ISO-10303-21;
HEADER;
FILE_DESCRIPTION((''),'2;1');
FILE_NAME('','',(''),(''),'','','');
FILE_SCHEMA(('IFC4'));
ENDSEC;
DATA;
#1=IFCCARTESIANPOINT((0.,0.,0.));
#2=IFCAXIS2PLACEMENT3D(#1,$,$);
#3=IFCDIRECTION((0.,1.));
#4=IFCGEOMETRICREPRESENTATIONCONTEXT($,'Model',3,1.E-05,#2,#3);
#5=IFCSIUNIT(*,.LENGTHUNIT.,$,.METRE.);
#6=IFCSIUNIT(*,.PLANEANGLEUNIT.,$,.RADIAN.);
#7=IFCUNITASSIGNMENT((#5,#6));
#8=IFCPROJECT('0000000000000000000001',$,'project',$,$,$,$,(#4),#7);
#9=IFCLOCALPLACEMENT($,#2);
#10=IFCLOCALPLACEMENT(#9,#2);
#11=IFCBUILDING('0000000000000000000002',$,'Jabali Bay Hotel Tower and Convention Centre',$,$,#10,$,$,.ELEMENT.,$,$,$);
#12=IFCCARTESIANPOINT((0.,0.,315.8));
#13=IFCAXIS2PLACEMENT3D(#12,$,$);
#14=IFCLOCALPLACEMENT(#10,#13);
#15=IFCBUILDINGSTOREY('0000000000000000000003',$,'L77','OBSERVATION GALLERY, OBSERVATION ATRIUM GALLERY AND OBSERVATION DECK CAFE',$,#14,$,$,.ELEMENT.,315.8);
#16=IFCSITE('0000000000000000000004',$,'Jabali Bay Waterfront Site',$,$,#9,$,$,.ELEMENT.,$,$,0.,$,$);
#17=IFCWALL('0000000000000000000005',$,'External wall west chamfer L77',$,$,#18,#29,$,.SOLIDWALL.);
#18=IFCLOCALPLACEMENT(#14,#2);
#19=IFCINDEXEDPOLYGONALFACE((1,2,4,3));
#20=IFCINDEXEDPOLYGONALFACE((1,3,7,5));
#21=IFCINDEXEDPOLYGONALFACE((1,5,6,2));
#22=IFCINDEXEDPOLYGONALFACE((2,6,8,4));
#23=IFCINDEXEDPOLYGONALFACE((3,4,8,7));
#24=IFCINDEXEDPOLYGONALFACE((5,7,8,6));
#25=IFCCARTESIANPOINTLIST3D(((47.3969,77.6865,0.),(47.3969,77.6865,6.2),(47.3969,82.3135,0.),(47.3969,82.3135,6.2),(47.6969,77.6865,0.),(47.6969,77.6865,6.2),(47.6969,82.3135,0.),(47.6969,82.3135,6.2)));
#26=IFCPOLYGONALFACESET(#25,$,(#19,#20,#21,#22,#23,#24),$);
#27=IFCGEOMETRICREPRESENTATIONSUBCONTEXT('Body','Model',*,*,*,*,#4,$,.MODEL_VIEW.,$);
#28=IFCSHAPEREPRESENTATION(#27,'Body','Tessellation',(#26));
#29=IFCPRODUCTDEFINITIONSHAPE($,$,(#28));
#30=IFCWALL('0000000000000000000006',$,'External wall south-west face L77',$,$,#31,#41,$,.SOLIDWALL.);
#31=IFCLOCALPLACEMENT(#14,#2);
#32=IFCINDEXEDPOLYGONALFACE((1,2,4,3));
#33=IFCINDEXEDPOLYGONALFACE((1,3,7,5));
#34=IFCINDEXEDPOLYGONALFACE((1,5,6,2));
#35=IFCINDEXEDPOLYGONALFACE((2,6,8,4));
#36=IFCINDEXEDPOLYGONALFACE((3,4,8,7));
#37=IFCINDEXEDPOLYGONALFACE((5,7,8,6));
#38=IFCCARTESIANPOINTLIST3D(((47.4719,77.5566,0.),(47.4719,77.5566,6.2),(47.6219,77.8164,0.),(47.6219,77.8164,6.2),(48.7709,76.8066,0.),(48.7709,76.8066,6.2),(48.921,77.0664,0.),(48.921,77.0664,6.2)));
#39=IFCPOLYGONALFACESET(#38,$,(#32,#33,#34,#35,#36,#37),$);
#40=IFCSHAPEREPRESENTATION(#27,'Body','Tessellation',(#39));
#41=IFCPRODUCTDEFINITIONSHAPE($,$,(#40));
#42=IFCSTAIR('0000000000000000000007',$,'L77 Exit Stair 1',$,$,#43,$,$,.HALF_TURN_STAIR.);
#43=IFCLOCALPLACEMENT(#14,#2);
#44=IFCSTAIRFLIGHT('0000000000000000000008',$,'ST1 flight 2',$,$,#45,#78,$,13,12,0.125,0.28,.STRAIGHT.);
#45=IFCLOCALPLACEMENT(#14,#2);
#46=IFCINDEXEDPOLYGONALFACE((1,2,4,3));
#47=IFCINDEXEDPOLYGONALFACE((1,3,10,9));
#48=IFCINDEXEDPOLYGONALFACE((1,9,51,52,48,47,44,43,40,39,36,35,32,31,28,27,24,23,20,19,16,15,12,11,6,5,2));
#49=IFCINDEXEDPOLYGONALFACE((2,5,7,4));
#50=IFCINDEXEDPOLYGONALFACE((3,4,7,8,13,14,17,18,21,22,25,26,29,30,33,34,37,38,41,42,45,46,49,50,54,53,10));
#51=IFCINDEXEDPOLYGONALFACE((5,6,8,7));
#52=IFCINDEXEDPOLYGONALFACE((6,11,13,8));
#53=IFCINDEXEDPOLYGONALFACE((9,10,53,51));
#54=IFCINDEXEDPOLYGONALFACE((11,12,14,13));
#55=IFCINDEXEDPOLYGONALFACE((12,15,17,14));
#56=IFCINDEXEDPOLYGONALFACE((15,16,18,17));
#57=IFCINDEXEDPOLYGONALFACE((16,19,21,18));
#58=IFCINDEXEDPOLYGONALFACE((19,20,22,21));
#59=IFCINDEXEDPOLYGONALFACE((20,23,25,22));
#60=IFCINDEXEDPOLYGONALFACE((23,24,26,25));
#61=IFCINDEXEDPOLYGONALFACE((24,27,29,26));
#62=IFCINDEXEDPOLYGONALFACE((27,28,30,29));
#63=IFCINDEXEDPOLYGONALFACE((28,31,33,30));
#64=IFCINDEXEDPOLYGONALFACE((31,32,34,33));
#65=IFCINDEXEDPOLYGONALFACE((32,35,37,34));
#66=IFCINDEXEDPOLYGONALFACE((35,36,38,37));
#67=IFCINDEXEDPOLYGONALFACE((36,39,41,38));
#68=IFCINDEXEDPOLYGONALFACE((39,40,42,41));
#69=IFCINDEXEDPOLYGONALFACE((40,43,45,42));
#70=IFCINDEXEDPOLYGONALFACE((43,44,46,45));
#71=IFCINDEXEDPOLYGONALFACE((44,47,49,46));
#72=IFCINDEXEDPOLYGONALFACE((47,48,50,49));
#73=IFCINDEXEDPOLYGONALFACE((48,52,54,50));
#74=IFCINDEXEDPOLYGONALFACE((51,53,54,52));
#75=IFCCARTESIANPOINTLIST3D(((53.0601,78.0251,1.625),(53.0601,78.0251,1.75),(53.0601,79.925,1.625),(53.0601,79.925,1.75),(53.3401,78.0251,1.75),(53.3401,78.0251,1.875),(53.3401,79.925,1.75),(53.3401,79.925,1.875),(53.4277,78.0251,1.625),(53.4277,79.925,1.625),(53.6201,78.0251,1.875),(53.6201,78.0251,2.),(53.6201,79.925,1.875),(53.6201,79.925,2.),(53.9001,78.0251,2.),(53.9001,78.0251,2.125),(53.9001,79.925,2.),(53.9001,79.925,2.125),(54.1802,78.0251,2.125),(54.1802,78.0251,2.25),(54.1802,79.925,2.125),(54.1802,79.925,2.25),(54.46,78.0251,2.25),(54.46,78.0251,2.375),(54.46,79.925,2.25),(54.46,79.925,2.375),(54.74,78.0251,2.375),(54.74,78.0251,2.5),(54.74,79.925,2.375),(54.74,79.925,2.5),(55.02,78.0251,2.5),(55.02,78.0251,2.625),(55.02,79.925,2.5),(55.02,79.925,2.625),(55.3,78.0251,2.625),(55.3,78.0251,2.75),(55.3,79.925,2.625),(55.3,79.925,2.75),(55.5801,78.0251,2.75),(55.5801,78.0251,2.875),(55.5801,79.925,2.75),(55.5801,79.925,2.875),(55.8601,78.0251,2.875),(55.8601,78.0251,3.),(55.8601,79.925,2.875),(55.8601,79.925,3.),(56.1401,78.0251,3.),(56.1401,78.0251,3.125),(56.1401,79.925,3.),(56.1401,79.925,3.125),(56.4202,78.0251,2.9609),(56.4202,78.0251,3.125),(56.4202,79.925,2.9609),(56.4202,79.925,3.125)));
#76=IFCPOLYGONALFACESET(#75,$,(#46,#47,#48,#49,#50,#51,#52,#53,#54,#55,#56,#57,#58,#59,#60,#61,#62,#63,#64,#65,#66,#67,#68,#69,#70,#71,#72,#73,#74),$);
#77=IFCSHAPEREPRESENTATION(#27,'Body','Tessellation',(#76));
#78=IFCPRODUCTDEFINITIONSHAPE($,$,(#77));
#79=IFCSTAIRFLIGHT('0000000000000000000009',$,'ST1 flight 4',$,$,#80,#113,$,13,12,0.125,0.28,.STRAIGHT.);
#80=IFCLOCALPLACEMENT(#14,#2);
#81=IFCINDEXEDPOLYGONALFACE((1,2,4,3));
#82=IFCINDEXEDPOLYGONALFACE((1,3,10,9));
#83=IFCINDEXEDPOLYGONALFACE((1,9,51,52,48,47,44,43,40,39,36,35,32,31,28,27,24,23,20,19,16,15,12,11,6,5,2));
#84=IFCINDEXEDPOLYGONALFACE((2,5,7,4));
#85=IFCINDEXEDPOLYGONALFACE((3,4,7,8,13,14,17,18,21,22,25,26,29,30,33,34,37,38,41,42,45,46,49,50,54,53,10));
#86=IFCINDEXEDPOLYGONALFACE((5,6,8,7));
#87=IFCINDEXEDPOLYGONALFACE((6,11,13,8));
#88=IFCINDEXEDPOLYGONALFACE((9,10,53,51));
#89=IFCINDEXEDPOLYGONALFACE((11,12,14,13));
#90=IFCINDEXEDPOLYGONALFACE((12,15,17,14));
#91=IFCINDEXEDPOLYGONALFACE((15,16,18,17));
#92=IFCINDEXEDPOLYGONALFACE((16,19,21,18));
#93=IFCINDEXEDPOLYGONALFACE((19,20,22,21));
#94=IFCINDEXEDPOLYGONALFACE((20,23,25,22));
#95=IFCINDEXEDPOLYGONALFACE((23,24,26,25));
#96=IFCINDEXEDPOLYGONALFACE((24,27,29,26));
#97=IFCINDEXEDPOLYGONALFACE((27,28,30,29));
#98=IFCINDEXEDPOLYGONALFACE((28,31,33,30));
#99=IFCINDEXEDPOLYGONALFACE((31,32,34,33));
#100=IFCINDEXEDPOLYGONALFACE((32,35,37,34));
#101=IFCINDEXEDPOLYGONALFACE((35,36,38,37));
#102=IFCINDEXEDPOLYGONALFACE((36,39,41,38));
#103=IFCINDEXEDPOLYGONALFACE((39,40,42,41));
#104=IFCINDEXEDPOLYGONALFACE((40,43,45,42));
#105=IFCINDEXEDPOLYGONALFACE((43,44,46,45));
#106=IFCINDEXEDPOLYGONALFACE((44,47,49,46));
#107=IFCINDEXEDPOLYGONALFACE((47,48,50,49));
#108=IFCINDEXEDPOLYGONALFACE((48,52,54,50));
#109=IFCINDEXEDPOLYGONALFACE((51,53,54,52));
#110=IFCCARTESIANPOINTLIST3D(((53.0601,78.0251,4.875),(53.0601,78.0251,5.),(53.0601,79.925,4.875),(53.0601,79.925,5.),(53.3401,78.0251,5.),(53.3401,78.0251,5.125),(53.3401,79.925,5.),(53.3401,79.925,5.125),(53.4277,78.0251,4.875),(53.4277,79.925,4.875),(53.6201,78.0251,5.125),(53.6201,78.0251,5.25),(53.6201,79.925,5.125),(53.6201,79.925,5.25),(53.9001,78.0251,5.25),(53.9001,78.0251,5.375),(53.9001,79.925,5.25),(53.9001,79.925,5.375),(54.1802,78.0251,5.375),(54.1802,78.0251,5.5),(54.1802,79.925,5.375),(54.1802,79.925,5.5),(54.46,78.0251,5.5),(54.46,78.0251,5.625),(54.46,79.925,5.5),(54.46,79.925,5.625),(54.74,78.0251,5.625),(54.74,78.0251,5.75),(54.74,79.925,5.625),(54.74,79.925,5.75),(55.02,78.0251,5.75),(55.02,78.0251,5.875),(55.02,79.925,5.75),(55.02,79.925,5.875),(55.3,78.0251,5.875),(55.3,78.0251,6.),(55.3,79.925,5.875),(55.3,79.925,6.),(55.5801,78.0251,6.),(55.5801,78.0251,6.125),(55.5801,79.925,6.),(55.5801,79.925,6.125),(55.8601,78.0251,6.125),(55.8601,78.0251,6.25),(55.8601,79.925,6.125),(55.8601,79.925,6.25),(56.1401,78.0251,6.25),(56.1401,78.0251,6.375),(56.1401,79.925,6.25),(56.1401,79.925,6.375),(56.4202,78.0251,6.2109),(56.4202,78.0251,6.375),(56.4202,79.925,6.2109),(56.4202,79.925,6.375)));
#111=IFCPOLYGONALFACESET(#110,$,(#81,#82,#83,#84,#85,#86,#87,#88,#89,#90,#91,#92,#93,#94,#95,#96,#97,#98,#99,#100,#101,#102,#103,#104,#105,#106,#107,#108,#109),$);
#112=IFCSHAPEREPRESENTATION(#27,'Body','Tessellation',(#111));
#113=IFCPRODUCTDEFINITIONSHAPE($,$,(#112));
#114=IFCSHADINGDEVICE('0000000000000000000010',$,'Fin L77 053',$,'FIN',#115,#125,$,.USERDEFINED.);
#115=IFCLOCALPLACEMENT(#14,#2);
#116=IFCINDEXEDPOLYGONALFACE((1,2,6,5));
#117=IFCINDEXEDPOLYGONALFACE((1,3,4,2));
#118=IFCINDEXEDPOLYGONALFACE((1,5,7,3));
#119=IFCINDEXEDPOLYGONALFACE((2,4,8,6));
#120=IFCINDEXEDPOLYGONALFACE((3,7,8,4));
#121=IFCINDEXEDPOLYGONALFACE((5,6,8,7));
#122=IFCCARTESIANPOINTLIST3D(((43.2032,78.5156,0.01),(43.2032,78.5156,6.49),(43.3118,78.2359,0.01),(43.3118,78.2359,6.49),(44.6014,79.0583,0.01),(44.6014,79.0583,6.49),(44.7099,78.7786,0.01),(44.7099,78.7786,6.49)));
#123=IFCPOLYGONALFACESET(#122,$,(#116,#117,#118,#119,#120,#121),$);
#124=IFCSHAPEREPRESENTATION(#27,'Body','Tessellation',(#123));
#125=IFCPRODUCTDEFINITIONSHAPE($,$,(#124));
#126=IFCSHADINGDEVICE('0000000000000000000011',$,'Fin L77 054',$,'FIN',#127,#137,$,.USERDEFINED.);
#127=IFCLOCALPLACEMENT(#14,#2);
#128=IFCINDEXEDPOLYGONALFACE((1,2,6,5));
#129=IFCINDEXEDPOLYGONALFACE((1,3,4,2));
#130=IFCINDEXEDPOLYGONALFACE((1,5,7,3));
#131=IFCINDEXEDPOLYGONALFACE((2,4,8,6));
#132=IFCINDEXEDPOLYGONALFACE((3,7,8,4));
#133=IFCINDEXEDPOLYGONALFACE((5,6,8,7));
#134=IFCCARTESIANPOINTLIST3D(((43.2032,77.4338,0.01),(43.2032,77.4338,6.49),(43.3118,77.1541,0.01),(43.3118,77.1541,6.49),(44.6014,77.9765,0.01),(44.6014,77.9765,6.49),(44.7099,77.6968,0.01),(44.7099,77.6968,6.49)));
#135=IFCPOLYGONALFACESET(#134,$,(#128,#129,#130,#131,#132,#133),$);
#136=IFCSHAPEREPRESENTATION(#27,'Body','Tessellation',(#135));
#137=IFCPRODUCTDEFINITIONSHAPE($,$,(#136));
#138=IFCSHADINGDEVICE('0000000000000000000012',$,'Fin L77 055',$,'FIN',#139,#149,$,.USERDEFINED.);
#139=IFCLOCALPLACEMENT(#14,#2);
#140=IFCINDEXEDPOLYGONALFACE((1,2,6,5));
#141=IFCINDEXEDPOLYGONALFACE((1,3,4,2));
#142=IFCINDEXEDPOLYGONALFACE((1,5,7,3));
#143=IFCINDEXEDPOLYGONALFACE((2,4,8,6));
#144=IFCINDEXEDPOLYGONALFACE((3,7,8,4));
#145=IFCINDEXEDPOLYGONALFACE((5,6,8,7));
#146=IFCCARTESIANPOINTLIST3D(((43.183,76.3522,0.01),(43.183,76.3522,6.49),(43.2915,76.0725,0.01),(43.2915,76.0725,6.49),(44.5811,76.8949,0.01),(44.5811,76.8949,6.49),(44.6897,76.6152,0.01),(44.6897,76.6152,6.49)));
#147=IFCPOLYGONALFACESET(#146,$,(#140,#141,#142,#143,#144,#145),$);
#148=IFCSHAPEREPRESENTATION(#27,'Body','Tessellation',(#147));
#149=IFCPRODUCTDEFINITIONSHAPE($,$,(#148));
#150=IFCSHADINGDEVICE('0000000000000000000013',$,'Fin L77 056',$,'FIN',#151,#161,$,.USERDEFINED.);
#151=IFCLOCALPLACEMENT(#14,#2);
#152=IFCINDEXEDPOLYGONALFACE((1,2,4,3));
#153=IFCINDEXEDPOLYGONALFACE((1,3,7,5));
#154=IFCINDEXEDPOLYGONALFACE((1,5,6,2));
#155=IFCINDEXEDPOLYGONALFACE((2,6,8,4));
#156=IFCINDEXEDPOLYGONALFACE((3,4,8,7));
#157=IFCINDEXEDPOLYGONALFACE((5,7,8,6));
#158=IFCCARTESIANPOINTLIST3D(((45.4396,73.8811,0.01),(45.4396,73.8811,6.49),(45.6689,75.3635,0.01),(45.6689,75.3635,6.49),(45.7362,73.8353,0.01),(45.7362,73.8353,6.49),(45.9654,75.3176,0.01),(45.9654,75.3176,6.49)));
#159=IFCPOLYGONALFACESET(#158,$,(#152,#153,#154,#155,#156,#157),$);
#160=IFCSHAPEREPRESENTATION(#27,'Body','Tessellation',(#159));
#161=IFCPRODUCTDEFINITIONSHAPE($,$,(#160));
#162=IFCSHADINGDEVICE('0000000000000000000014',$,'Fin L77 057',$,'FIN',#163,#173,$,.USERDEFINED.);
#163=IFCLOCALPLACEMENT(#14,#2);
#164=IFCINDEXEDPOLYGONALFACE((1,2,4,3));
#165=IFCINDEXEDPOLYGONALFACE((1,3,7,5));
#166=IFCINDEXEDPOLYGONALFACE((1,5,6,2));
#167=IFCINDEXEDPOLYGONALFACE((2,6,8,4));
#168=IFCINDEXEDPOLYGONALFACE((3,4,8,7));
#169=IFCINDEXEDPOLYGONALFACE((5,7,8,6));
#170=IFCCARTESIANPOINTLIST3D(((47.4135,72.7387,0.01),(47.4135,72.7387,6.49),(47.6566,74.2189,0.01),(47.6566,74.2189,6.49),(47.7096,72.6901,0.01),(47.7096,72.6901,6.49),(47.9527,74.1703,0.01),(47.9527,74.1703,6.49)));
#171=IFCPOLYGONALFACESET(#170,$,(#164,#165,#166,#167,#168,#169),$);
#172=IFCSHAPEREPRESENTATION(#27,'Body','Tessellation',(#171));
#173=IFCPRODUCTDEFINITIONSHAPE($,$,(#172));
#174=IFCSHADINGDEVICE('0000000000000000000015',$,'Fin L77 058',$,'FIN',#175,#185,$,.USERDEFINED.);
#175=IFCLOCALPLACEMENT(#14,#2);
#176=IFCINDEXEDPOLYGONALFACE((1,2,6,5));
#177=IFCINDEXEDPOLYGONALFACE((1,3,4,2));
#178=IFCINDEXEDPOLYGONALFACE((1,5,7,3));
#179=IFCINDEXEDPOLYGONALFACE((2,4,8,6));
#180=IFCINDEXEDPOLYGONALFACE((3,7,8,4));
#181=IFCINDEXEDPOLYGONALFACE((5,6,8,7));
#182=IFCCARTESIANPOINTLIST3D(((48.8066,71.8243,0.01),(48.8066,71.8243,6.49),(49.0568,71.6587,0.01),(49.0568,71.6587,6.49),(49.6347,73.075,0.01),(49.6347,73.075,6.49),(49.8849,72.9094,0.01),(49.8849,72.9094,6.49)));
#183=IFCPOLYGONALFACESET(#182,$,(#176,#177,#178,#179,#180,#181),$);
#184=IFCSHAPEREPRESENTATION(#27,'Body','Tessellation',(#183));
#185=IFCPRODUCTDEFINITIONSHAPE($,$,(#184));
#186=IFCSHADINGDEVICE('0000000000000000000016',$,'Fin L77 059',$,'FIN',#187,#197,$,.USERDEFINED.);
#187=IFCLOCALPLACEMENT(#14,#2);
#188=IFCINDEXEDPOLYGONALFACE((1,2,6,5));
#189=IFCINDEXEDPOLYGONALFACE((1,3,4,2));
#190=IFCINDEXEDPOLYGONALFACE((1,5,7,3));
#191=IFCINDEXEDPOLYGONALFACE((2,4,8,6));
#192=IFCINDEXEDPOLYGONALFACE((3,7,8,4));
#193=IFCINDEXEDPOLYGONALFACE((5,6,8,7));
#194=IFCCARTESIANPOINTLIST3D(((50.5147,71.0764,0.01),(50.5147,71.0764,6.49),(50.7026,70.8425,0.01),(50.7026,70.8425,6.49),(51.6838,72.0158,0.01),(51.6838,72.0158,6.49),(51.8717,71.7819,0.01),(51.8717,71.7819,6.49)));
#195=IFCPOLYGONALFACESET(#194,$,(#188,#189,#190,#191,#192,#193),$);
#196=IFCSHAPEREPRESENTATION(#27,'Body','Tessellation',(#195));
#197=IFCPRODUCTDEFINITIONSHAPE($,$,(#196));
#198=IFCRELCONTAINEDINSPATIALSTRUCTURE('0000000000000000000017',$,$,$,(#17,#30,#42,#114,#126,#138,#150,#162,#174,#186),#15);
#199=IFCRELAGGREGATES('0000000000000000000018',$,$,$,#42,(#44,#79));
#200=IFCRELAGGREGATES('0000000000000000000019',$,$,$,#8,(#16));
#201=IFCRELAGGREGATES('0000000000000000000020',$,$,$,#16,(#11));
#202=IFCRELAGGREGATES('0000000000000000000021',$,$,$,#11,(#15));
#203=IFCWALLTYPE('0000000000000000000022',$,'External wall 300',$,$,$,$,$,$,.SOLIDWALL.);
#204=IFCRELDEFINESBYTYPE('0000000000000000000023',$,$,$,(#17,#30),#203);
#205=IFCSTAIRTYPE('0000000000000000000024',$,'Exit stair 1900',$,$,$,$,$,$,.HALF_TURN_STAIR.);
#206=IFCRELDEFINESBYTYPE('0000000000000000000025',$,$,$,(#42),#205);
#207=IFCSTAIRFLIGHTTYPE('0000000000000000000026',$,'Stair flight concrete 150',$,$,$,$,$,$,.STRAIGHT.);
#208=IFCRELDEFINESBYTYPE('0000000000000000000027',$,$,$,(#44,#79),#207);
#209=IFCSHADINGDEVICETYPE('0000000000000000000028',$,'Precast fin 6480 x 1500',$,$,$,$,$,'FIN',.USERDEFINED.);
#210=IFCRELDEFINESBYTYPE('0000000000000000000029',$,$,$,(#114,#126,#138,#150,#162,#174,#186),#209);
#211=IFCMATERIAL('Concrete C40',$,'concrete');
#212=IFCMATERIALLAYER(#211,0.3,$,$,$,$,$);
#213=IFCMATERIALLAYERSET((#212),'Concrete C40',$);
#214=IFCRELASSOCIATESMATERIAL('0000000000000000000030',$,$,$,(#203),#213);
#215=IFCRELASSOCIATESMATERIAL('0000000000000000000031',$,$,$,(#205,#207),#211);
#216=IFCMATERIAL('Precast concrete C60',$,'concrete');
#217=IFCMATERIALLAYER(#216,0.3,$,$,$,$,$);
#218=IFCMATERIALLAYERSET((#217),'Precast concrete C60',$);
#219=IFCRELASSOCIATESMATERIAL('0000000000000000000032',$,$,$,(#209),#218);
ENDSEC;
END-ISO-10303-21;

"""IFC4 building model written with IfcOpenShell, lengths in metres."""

from ifc_helpers import new_model, si_unit, direction, frame, frame_2d, origin, place, context, subcontext, project, spatial, polyline, rectangle, outline, extrude, material, layer, layer_set, type_object, element, aggregate, save


model = new_model("IFC4")

# Units and contexts
model_context = context("Model", 3, precision=1e-05, world=origin(), true_north=direction((0.0, 1.0)))
body_context = subcontext(model_context, "Body", "Model", "MODEL_VIEW")
ifc_project = project(units=[si_unit("LENGTHUNIT", "METRE"), si_unit("PLANEANGLEUNIT", "RADIAN")], contexts=[model_context])

# Site, building, storey
site_placement = place(None, origin())
site = spatial("IfcSite", under=ifc_project, at=site_placement, Name="Jabali Bay Waterfront Site", CompositionType="ELEMENT", RefElevation=0.0)
building_placement = place(site_placement, origin())
building = spatial("IfcBuilding", under=site, at=building_placement, Name="Jabali Bay Hotel Tower and Convention Centre", CompositionType="ELEMENT")
storey_placement = place(building_placement, frame((0.0, 0.0, 315.8)))
storey = spatial("IfcBuildingStorey", under=building, at=storey_placement, Name="L77", Description="OBSERVATION GALLERY, OBSERVATION ATRIUM GALLERY AND OBSERVATION DECK CAFE", CompositionType="ELEMENT", Elevation=315.8)

# Walls
ifc_material_1 = material(Name="Concrete C40", Category="concrete")
ifc_layer_1 = layer(ifc_material_1, 0.3)
ifc_layer_set_1 = layer_set([ifc_layer_1], Name="Concrete C40")
wall_type_1 = type_object("IfcWallType", Name="External wall 300", PredefinedType="SOLIDWALL", material=ifc_layer_set_1)
wall_1_placement = place(storey_placement, frame((47.5469, 77.6865, 0.0), z_axis=(0.0, 0.0, 1.0), x_axis=(0.0, 1.0, 0.0)))
element("IfcWall", 1, at=wall_1_placement, inside=storey, type_object=wall_type_1, Name="External wall west chamfer L77", PredefinedType="SOLIDWALL", context=body_context, shape_type="SweptSolid", body=[
    extrude(rectangle(XDim=4.627, YDim=0.3, at=frame_2d((2.3135, 0.0))), origin(), (0.0, 0.0, 1.0), 6.2),
])
wall_2_placement = place(storey_placement, frame((48.8459, 76.9365, 0.0), z_axis=(0.0, 0.0, 1.0), x_axis=(-0.866031, 0.49999, 0.0)))
element("IfcWall", 2, at=wall_2_placement, inside=storey, type_object=wall_type_1, Name="External wall south-west face L77", PredefinedType="SOLIDWALL", context=body_context, shape_type="SweptSolid", body=[
    extrude(rectangle(XDim=1.5, YDim=0.3, at=frame_2d((0.75, 0.0))), origin(), (0.0, 0.0, 1.0), 6.2),
])

# Stair, stair flights
stair_type = type_object("IfcStairType", Name="Exit stair 1900", PredefinedType="HALF_TURN_STAIR", material=ifc_material_1)
stair_placement = place(storey_placement, origin())
stair = element("IfcStair", 3, at=stair_placement, inside=storey, type_object=stair_type, Name="L77 Exit Stair 1", PredefinedType="HALF_TURN_STAIR")
stair_flight_type = type_object("IfcStairFlightType", Name="Stair flight concrete 150", PredefinedType="STRAIGHT", material=ifc_material_1)
stair_flight_1_placement = place(storey_placement, frame((53.0601, 78.9751, 1.625), z_axis=(0.0, 0.0, 1.0), x_axis=(1.0, 0.0, 0.0)))
stair_flight_1 = element("IfcStairFlight", 4, at=stair_flight_1_placement, type_object=stair_flight_type, Name="ST1 flight 2", NumberOfRisers=13, NumberOfTreads=12, PredefinedType="STRAIGHT", RiserHeight=0.125, TreadLength=0.28, context=body_context, shape_type="SweptSolid", body=[
    extrude(outline(polyline([(0.0, 0.0), (0.0, 0.125), (0.28, 0.125), (0.28, 0.25), (0.5601, 0.25), (0.5601, 0.375), (0.8401, 0.375), (0.8401, 0.5), (1.1201, 0.5), (1.1201, 0.625), (1.3999, 0.625), (1.3999, 0.75), (1.6799, 0.75), (1.6799, 0.875), (1.96, 0.875), (1.96, 1.0), (2.24, 1.0), (2.24, 1.125), (2.52, 1.125), (2.52, 1.25), (2.8, 1.25), (2.8, 1.375), (3.0801, 1.375), (3.0801, 1.5), (3.3601, 1.5), (3.3601, 1.625), (3.3601, 1.3359), (0.3677, 0.0), (0.0, 0.0)])), frame((0.0, 0.95, 0.0), z_axis=(0.0, -1.0, 0.0), x_axis=(1.0, 0.0, 0.0)), (0.0, 0.0, 1.0), 1.8999),
])
stair_flight_2_placement = place(storey_placement, frame((53.0601, 78.9751, 4.875), z_axis=(0.0, 0.0, 1.0), x_axis=(1.0, 0.0, 0.0)))
stair_flight_2 = element("IfcStairFlight", 5, at=stair_flight_2_placement, type_object=stair_flight_type, Name="ST1 flight 4", NumberOfRisers=13, NumberOfTreads=12, PredefinedType="STRAIGHT", RiserHeight=0.125, TreadLength=0.28, context=body_context, shape_type="SweptSolid", body=[
    extrude(outline(polyline([(0.0, 0.0), (0.0, 0.125), (0.28, 0.125), (0.28, 0.25), (0.5601, 0.25), (0.5601, 0.375), (0.8401, 0.375), (0.8401, 0.5), (1.1201, 0.5), (1.1201, 0.625), (1.3999, 0.625), (1.3999, 0.75), (1.6799, 0.75), (1.6799, 0.875), (1.96, 0.875), (1.96, 1.0), (2.24, 1.0), (2.24, 1.125), (2.52, 1.125), (2.52, 1.25), (2.8, 1.25), (2.8, 1.375), (3.0801, 1.375), (3.0801, 1.5), (3.3601, 1.5), (3.3601, 1.625), (3.3601, 1.3359), (0.3677, 0.0), (0.0, 0.0)])), frame((0.0, 0.95, 0.0), z_axis=(0.0, -1.0, 0.0), x_axis=(1.0, 0.0, 0.0)), (0.0, 0.0, 1.0), 1.8999),
])
aggregate(stair, [stair_flight_1, stair_flight_2])

# Shading devices
ifc_material_2 = material(Name="Precast concrete C60", Category="concrete")
ifc_layer_2 = layer(ifc_material_2, 0.3)
ifc_layer_set_2 = layer_set([ifc_layer_2], Name="Precast concrete C60")
shading_device_type = type_object("IfcShadingDeviceType", Name="Precast fin 6480 x 1500", ElementType="FIN", PredefinedType="USERDEFINED", material=ifc_layer_set_2)
for number, where, z_axis, x_axis, name in (
    (6, (44.6558, 78.9185, 0.01), (0.0, 0.0, 1.0), (-0.932234, -0.361857, 0.0), "Fin L77 053"),
    (7, (44.6558, 77.8367, 0.01), (0.0, 0.0, 1.0), (-0.932234, -0.361857, 0.0), "Fin L77 054"),
    (8, (44.6355, 76.7551, 0.01), (0.0, 0.0, 1.0), (-0.932234, -0.361857, 0.0), "Fin L77 055"),
):
    element("IfcShadingDevice", number, at=place(storey_placement, frame(where, z_axis=z_axis, x_axis=x_axis)), inside=storey, type_object=shading_device_type, Name=name, ObjectType="FIN", PredefinedType="USERDEFINED", context=body_context, shape_type="SweptSolid", body=[
        extrude(rectangle(XDim=1.4998, YDim=0.3, at=frame_2d((0.75, 0.0))), origin(), (0.0, 0.0, 1.0), 6.48),
    ])
for number, where, z_axis, x_axis, name in (
    (9, (45.8171, 75.3406, 0.01), (0.0, 0.0, 1.0), (-0.152828, -0.988253, 0.0), "Fin L77 056"),
    (10, (47.8047, 74.1946, 0.01), (0.0, 0.0, 1.0), (-0.162102, -0.986774, 0.0), "Fin L77 057"),
    (11, (49.7598, 72.9922, 0.01), (0.0, 0.0, 1.0), (-0.552068, -0.833799, 0.0), "Fin L77 058"),
):
    element("IfcShadingDevice", number, at=place(storey_placement, frame(where, z_axis=z_axis, x_axis=x_axis)), inside=storey, type_object=shading_device_type, Name=name, ObjectType="FIN", PredefinedType="USERDEFINED", context=body_context, shape_type="SweptSolid", body=[
        extrude(rectangle(XDim=1.5, YDim=0.3, at=frame_2d((0.75, 0.0))), origin(), (0.0, 0.0, 1.0), 6.48),
    ])
shading_device_placement = place(storey_placement, frame((51.7778, 71.8989, 0.01), z_axis=(0.0, 0.0, 1.0), x_axis=(-0.779533, -0.626361, 0.0)))
element("IfcShadingDevice", 12, at=shading_device_placement, inside=storey, type_object=shading_device_type, Name="Fin L77 059", ObjectType="FIN", PredefinedType="USERDEFINED", context=body_context, shape_type="SweptSolid", body=[
    extrude(rectangle(XDim=1.4998, YDim=0.3, at=frame_2d((0.75, 0.0))), origin(), (0.0, 0.0, 1.0), 6.48),
])

save(model, "model.ifc")
